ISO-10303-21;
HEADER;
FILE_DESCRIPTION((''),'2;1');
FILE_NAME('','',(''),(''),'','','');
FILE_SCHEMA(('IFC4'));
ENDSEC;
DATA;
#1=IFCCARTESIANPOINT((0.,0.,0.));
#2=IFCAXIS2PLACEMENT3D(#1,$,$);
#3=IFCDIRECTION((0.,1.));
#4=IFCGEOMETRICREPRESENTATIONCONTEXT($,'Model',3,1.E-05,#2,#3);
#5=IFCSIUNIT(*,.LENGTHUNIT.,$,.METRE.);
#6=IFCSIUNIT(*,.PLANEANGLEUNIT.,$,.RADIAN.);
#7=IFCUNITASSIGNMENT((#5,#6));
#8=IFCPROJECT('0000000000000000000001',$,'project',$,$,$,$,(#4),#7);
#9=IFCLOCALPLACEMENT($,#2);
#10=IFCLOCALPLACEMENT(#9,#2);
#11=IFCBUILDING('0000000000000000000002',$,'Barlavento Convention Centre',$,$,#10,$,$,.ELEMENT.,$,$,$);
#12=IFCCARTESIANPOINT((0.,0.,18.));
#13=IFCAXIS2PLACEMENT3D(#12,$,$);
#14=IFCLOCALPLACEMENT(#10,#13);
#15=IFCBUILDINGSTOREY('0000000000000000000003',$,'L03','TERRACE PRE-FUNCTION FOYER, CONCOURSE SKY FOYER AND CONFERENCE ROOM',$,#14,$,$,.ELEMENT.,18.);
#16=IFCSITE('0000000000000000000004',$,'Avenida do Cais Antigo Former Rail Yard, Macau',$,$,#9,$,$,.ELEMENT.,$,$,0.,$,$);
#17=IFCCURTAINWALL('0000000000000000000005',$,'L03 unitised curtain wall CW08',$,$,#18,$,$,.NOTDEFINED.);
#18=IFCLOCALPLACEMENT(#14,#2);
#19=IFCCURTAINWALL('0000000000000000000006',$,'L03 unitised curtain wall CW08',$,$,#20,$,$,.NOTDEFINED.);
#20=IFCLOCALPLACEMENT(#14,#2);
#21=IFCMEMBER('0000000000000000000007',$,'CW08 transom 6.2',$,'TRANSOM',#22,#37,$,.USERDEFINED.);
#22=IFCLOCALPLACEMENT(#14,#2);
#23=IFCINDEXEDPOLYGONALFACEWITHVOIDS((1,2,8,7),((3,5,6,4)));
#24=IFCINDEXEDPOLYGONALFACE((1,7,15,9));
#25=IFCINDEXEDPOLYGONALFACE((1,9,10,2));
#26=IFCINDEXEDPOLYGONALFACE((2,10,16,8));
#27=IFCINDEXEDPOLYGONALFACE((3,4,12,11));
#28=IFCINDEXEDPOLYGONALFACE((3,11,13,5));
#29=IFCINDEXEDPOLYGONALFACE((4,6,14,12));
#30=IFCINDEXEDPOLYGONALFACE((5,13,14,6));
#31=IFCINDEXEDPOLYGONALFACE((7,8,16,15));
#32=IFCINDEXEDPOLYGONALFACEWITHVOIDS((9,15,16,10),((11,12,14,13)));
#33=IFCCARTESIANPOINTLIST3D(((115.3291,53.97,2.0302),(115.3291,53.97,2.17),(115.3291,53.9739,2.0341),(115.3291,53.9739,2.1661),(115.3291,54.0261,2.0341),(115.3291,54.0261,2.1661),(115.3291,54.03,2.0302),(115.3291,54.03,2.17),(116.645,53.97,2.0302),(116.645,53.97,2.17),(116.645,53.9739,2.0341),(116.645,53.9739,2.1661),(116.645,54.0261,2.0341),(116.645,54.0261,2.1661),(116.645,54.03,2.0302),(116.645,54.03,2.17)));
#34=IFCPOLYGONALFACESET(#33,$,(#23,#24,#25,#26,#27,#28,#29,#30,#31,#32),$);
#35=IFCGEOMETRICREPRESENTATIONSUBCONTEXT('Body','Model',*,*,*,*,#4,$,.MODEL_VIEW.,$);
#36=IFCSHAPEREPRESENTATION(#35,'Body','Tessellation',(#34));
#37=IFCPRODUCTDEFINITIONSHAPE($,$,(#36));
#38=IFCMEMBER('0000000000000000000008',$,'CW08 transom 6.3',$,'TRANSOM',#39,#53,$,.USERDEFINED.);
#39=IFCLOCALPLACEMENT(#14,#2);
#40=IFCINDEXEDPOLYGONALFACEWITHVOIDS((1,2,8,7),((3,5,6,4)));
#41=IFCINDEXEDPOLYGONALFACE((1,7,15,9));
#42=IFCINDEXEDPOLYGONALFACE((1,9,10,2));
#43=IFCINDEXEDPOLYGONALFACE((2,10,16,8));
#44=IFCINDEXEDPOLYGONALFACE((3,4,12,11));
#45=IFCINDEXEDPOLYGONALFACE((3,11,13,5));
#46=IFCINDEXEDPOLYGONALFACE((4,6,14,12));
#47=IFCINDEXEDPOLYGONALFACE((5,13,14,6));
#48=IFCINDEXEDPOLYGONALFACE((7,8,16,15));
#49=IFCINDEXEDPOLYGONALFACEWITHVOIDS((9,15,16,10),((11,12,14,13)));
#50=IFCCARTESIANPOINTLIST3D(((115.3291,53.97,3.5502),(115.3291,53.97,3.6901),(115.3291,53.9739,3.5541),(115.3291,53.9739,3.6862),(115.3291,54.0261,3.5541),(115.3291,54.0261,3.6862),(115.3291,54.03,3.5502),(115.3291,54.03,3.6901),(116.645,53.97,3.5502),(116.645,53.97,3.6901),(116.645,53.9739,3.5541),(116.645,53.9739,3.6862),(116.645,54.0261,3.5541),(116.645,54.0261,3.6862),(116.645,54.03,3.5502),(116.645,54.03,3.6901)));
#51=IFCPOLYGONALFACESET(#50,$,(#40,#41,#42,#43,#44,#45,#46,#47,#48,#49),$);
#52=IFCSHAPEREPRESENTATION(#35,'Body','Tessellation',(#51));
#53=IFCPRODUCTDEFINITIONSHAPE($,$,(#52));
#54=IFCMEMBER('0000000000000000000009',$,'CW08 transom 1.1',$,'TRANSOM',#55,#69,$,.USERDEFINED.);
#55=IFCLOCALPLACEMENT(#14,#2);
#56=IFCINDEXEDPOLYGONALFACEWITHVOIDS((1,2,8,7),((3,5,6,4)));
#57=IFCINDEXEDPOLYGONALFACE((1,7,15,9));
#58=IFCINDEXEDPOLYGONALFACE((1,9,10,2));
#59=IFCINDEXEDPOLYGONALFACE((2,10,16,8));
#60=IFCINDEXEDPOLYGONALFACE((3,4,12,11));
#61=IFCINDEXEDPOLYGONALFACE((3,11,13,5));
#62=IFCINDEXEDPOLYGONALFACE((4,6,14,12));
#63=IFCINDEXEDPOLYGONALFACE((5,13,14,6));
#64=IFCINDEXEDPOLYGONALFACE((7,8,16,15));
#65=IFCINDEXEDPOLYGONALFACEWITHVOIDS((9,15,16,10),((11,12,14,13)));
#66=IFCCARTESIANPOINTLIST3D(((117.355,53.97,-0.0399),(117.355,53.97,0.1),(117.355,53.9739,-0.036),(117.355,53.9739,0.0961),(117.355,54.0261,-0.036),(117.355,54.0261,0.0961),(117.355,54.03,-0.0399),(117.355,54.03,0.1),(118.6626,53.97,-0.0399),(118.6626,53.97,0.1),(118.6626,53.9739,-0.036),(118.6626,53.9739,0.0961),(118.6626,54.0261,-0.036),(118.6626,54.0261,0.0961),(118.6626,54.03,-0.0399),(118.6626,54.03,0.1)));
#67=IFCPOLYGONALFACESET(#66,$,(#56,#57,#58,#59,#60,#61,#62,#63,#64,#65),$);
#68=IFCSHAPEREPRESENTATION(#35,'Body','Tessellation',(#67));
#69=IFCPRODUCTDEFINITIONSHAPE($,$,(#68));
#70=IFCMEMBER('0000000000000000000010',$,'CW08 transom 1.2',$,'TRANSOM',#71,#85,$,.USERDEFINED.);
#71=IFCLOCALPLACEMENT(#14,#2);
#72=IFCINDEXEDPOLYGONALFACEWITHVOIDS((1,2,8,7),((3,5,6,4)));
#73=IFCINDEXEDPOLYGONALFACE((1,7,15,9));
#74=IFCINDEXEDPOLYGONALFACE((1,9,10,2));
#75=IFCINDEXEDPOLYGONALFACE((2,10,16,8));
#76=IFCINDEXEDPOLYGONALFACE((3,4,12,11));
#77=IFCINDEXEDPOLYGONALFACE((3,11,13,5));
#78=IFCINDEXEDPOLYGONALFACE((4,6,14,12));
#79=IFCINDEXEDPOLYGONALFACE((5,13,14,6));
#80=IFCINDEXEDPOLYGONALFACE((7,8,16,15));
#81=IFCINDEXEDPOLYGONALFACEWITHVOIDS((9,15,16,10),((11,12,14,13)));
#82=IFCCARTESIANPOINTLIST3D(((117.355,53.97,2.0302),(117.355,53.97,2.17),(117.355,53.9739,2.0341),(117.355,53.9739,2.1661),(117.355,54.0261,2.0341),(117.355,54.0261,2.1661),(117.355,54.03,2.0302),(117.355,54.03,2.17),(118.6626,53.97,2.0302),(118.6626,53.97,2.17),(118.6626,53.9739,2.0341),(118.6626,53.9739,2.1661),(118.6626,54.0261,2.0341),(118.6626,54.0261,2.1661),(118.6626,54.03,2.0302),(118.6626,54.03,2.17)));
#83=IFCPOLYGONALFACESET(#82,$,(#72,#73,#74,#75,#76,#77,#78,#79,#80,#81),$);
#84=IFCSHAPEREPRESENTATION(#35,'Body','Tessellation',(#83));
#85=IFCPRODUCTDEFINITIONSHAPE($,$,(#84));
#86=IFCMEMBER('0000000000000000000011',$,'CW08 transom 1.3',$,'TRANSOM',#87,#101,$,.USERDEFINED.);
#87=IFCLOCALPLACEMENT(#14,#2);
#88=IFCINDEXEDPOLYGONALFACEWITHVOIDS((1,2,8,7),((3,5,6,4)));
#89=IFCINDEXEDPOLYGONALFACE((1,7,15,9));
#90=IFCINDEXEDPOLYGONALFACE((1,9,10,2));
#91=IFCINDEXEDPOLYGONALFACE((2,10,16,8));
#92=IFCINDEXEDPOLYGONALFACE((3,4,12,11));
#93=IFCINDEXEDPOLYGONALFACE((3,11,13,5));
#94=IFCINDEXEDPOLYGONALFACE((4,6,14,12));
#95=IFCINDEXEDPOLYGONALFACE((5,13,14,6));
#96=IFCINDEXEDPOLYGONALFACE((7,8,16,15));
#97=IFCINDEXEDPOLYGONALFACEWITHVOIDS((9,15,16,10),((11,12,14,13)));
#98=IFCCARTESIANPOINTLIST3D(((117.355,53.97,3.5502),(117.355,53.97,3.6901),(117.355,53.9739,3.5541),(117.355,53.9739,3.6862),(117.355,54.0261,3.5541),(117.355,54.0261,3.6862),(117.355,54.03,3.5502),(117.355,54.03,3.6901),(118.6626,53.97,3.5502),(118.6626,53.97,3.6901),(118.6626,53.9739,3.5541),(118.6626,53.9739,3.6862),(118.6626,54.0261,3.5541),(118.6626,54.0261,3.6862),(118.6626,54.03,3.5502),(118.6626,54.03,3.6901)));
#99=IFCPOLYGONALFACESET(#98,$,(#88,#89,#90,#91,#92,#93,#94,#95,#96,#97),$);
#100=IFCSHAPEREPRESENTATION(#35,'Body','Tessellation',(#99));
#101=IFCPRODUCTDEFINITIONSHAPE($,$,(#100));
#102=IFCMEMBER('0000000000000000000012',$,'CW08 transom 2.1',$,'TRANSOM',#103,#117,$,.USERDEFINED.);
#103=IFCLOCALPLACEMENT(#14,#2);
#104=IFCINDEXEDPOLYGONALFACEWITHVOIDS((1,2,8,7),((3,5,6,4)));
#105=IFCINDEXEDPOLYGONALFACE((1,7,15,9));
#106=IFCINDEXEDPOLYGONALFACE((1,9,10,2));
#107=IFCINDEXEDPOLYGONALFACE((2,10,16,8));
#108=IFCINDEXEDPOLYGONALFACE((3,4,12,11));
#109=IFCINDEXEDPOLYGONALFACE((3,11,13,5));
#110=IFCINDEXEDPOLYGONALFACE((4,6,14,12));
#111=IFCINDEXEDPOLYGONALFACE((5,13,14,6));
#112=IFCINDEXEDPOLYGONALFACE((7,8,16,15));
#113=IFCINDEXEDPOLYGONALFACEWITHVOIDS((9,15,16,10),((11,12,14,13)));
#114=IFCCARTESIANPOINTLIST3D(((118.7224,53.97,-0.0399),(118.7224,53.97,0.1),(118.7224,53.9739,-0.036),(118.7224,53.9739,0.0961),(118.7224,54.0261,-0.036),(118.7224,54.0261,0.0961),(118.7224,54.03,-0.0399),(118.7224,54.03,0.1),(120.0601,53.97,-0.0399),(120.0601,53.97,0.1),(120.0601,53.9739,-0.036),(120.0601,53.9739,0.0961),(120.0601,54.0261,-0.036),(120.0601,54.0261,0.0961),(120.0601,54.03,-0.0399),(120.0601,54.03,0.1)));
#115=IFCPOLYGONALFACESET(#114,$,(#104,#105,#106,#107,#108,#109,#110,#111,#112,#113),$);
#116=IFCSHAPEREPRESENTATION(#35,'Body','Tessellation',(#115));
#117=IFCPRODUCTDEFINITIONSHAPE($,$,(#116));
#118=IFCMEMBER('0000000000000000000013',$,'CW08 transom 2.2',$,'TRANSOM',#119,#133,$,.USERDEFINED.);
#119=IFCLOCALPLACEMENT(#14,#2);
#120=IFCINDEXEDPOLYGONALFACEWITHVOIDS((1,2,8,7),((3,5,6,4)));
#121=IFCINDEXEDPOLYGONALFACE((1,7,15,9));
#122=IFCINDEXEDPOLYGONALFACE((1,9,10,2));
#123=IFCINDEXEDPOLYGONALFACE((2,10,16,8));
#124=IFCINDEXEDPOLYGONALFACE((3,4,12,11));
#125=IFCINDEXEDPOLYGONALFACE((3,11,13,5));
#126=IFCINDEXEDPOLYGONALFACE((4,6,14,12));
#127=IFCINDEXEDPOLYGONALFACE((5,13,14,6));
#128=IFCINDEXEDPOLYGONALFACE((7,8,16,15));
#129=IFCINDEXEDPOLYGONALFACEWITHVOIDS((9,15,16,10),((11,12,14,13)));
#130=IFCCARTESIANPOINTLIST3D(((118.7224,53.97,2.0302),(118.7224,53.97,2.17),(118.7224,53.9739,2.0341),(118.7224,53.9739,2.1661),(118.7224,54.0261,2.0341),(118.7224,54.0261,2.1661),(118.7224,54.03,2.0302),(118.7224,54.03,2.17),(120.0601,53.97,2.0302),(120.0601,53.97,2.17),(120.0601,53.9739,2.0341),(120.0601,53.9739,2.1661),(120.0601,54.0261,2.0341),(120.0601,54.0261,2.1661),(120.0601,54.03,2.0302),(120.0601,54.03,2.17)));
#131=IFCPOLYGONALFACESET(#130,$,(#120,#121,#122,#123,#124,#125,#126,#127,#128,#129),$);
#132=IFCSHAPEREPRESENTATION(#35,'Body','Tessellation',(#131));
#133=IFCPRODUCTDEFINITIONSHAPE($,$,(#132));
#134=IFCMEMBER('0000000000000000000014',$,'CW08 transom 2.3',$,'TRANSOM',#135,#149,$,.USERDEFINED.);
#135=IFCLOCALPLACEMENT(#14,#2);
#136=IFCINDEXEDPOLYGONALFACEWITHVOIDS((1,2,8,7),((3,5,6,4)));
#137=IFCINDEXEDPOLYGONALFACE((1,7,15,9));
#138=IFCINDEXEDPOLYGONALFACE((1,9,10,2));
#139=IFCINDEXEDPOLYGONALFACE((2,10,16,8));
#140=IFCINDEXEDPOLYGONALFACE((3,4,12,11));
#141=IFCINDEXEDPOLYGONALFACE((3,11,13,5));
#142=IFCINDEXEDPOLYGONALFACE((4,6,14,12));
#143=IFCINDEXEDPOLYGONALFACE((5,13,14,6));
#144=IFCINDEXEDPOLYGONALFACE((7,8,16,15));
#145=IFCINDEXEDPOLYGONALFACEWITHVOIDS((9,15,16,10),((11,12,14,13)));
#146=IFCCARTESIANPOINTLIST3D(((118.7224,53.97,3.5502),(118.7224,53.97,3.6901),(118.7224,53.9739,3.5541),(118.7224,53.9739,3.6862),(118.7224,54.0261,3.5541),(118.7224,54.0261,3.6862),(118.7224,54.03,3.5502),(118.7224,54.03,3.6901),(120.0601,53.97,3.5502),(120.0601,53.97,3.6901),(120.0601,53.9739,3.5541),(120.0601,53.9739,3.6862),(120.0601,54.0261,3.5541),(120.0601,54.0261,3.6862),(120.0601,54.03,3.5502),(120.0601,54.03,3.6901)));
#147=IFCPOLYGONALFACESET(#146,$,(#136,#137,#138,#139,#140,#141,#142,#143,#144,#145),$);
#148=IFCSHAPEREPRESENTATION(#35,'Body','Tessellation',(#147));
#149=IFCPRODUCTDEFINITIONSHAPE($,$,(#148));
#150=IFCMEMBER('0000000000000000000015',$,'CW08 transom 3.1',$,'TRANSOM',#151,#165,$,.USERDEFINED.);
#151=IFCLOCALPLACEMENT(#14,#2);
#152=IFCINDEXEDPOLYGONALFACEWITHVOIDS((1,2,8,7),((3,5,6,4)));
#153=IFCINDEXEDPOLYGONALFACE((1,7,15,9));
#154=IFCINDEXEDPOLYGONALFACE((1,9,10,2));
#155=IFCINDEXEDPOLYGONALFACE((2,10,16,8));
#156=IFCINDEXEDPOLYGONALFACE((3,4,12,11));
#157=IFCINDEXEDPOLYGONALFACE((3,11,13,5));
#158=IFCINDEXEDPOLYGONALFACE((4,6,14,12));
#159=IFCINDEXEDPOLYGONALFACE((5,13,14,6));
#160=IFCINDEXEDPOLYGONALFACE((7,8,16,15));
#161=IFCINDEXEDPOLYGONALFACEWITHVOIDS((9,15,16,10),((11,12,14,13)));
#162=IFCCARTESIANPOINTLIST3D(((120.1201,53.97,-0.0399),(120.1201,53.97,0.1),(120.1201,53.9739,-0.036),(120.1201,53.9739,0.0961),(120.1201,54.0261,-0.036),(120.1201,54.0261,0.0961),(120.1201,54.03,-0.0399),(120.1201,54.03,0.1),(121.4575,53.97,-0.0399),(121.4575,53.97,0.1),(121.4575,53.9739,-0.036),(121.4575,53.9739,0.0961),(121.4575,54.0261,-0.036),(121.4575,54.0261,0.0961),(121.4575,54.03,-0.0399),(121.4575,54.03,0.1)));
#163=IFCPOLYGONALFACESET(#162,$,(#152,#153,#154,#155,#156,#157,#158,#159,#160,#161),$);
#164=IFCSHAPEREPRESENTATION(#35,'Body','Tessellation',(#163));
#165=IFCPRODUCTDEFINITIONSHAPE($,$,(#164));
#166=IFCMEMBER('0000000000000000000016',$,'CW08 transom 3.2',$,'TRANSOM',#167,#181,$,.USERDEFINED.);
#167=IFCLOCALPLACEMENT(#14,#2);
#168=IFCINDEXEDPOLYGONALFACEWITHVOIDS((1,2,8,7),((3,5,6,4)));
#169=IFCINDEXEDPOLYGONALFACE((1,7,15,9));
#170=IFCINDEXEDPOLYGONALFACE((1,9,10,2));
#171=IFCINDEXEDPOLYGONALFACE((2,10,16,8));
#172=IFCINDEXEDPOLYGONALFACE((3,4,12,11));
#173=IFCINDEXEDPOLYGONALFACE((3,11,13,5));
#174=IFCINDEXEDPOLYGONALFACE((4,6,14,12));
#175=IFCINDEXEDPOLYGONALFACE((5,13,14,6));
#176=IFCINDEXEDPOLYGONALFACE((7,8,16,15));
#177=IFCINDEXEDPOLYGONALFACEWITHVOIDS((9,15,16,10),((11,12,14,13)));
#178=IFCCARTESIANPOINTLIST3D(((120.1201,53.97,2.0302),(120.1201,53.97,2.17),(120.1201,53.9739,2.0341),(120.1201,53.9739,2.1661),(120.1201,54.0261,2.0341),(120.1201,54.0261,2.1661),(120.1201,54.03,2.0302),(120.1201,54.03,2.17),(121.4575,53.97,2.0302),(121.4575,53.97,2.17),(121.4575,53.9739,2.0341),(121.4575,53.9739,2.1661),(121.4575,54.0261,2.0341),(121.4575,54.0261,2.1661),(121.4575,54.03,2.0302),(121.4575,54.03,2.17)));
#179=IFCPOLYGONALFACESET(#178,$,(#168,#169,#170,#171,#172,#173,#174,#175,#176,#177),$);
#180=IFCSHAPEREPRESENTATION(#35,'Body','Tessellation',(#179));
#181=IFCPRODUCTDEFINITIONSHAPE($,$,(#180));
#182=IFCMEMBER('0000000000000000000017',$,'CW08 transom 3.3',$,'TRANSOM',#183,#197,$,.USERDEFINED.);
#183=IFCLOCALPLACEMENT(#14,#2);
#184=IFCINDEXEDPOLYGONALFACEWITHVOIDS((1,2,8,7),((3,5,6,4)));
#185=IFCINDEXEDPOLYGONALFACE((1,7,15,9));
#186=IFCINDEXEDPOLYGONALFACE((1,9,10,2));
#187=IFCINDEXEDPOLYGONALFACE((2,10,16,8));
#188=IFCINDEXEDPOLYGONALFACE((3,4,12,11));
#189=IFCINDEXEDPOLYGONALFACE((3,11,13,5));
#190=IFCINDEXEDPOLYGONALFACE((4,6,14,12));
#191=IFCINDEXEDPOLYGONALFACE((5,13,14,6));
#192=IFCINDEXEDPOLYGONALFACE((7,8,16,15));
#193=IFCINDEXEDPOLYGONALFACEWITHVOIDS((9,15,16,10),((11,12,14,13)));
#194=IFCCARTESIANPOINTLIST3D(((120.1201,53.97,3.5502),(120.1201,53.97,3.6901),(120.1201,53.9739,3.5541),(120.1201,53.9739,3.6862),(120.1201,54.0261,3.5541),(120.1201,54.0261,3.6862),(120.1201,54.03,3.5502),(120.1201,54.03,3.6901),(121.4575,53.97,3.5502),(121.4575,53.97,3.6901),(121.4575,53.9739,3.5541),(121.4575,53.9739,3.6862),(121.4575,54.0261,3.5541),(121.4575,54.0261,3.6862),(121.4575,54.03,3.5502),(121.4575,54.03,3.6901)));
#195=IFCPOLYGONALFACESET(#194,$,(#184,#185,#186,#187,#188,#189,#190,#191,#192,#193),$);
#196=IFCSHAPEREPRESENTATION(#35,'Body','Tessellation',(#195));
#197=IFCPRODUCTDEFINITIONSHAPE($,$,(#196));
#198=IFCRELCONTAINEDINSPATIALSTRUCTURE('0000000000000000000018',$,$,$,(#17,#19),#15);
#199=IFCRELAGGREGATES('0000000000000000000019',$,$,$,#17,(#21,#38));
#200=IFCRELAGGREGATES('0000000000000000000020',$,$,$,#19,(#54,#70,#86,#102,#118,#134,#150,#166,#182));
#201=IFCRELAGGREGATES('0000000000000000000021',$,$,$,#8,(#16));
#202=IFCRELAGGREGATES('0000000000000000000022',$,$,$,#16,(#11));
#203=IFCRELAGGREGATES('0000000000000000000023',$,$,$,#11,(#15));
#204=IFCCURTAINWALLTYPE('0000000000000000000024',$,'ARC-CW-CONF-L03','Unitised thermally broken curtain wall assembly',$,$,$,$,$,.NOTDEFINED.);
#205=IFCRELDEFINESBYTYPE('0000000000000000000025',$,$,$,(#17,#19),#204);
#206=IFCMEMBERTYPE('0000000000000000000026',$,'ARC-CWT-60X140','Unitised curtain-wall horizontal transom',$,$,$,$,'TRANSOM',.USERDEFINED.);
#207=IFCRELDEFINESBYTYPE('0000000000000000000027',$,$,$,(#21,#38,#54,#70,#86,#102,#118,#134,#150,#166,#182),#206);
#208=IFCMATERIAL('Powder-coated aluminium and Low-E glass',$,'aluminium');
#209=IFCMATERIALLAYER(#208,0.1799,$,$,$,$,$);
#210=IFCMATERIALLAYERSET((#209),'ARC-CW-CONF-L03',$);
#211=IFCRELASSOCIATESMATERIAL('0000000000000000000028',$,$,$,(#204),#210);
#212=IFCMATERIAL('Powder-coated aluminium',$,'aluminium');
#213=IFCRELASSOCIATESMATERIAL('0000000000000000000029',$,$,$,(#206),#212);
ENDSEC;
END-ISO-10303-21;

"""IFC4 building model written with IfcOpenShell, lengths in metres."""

from ifc_helpers import new_model, si_unit, direction, frame, origin, origin_2d, place, context, subcontext, project, spatial, hollow_rectangle, extrude, material, layer, layer_set, material_profile, profile_set, type_object, element, aggregate, save


model = new_model("IFC4")

# Units and contexts
model_context = context("Model", 3, precision=1e-05, world=origin(), true_north=direction((0.0, 1.0)))
body_context = subcontext(model_context, "Body", "Model", "MODEL_VIEW")
ifc_project = project(units=[si_unit("LENGTHUNIT", "METRE"), si_unit("PLANEANGLEUNIT", "RADIAN")], contexts=[model_context])

# Site, building, storey
site_placement = place(None, origin())
site = spatial("IfcSite", under=ifc_project, at=site_placement, Name="Avenida do Cais Antigo Former Rail Yard, Macau", CompositionType="ELEMENT", RefElevation=0.0)
building_placement = place(site_placement, origin())
building = spatial("IfcBuilding", under=site, at=building_placement, Name="Barlavento Convention Centre", CompositionType="ELEMENT")
storey_placement = place(building_placement, frame((0.0, 0.0, 18.0)))
storey = spatial("IfcBuildingStorey", under=building, at=storey_placement, Name="L03", Description="TERRACE PRE-FUNCTION FOYER, CONCOURSE SKY FOYER AND CONFERENCE ROOM", CompositionType="ELEMENT", Elevation=18.0)

# Curtain walls
ifc_material_1 = material(Name="Powder-coated aluminium and Low-E glass", Category="aluminium")
ifc_layer_1 = layer(ifc_material_1, 0.1799)
ifc_layer_set_1 = layer_set([ifc_layer_1], Name="ARC-CW-CONF-L03")
curtain_wall_type = type_object("IfcCurtainWallType", Name="ARC-CW-CONF-L03", Description="Unitised thermally broken curtain wall assembly", PredefinedType="NOTDEFINED", material=ifc_layer_set_1)
curtain_wall_1_placement = place(storey_placement, origin())
curtain_wall_1 = element("IfcCurtainWall", 1, at=curtain_wall_1_placement, inside=storey, type_object=curtain_wall_type, Name="L03 unitised curtain wall CW08", PredefinedType="NOTDEFINED")
ifc_material_2 = material(Name="Powder-coated aluminium", Category="aluminium")
curtain_wall_2_placement = place(storey_placement, origin())
curtain_wall_2 = element("IfcCurtainWall", 2, at=curtain_wall_2_placement, inside=storey, type_object=curtain_wall_type, Name="L03 unitised curtain wall CW08", PredefinedType="NOTDEFINED")

# Members
ifc_material_profile_1 = material_profile(ifc_material_2, hollow_rectangle(XDim=0.0601, YDim=0.1399, WallThickness=0.0039, at=origin_2d()), Name="AL-TRAN 60x140x4")
ifc_profile_set_1 = profile_set([ifc_material_profile_1], Name="Powder-coated aluminium")
member_type_1 = type_object("IfcMemberType", Name="ARC-CWT-60X140", Description="Unitised curtain-wall horizontal transom", ElementType="TRANSOM", PredefinedType="USERDEFINED", material=ifc_profile_set_1)
member_1_placement = place(storey_placement, frame((115.3291, 54.0, 2.1001), z_axis=(1.0, 0.0, 0.0), x_axis=(0.0, 1.0, 0.0)))
member_1 = element("IfcMember", 3, at=member_1_placement, type_object=member_type_1, Name="CW08 transom 6.2", ObjectType="TRANSOM", PredefinedType="USERDEFINED", context=body_context, shape_type="SweptSolid", body=[
    extrude(hollow_rectangle(XDim=0.0601, YDim=0.1399, WallThickness=0.0039, at=origin_2d()), origin(), (0.0, 0.0, 1.0), 1.3159),
])
member_2_placement = place(storey_placement, frame((115.3291, 54.0, 3.6201), z_axis=(1.0, 0.0, 0.0), x_axis=(0.0, 1.0, 0.0)))
member_2 = element("IfcMember", 4, at=member_2_placement, type_object=member_type_1, Name="CW08 transom 6.3", ObjectType="TRANSOM", PredefinedType="USERDEFINED", context=body_context, shape_type="SweptSolid", body=[
    extrude(hollow_rectangle(XDim=0.0601, YDim=0.1399, WallThickness=0.0039, at=origin_2d()), origin(), (0.0, 0.0, 1.0), 1.3159),
])
member_3_placement = place(storey_placement, frame((117.355, 54.0, 0.03), z_axis=(1.0, 0.0, 0.0), x_axis=(0.0, 1.0, 0.0)))
member_3 = element("IfcMember", 5, at=member_3_placement, type_object=member_type_1, Name="CW08 transom 1.1", ObjectType="TRANSOM", PredefinedType="USERDEFINED", context=body_context, shape_type="SweptSolid", body=[
    extrude(hollow_rectangle(XDim=0.0601, YDim=0.1399, WallThickness=0.0039, at=origin_2d()), origin(), (0.0, 0.0, 1.0), 1.3076),
])
member_4_placement = place(storey_placement, frame((117.355, 54.0, 2.1001), z_axis=(1.0, 0.0, 0.0), x_axis=(0.0, 1.0, 0.0)))
member_4 = element("IfcMember", 6, at=member_4_placement, type_object=member_type_1, Name="CW08 transom 1.2", ObjectType="TRANSOM", PredefinedType="USERDEFINED", context=body_context, shape_type="SweptSolid", body=[
    extrude(hollow_rectangle(XDim=0.0601, YDim=0.1399, WallThickness=0.0039, at=origin_2d()), origin(), (0.0, 0.0, 1.0), 1.3076),
])
member_5_placement = place(storey_placement, frame((117.355, 54.0, 3.6201), z_axis=(1.0, 0.0, 0.0), x_axis=(0.0, 1.0, 0.0)))
member_5 = element("IfcMember", 7, at=member_5_placement, type_object=member_type_1, Name="CW08 transom 1.3", ObjectType="TRANSOM", PredefinedType="USERDEFINED", context=body_context, shape_type="SweptSolid", body=[
    extrude(hollow_rectangle(XDim=0.0601, YDim=0.1399, WallThickness=0.0039, at=origin_2d()), origin(), (0.0, 0.0, 1.0), 1.3076),
])
member_6_placement = place(storey_placement, frame((118.7224, 54.0, 0.03), z_axis=(1.0, 0.0, 0.0), x_axis=(0.0, 1.0, 0.0)))
member_6 = element("IfcMember", 8, at=member_6_placement, type_object=member_type_1, Name="CW08 transom 2.1", ObjectType="TRANSOM", PredefinedType="USERDEFINED", context=body_context, shape_type="SweptSolid", body=[
    extrude(hollow_rectangle(XDim=0.0601, YDim=0.1399, WallThickness=0.0039, at=origin_2d()), origin(), (0.0, 0.0, 1.0), 1.3376),
])
member_7_placement = place(storey_placement, frame((118.7224, 54.0, 2.1001), z_axis=(1.0, 0.0, 0.0), x_axis=(0.0, 1.0, 0.0)))
member_7 = element("IfcMember", 9, at=member_7_placement, type_object=member_type_1, Name="CW08 transom 2.2", ObjectType="TRANSOM", PredefinedType="USERDEFINED", context=body_context, shape_type="SweptSolid", body=[
    extrude(hollow_rectangle(XDim=0.0601, YDim=0.1399, WallThickness=0.0039, at=origin_2d()), origin(), (0.0, 0.0, 1.0), 1.3376),
])
member_8_placement = place(storey_placement, frame((118.7224, 54.0, 3.6201), z_axis=(1.0, 0.0, 0.0), x_axis=(0.0, 1.0, 0.0)))
member_8 = element("IfcMember", 10, at=member_8_placement, type_object=member_type_1, Name="CW08 transom 2.3", ObjectType="TRANSOM", PredefinedType="USERDEFINED", context=body_context, shape_type="SweptSolid", body=[
    extrude(hollow_rectangle(XDim=0.0601, YDim=0.1399, WallThickness=0.0039, at=origin_2d()), origin(), (0.0, 0.0, 1.0), 1.3376),
])
member_9_placement = place(storey_placement, frame((120.1201, 54.0, 0.03), z_axis=(1.0, 0.0, 0.0), x_axis=(0.0, 1.0, 0.0)))
member_9 = element("IfcMember", 11, at=member_9_placement, type_object=member_type_1, Name="CW08 transom 3.1", ObjectType="TRANSOM", PredefinedType="USERDEFINED", context=body_context, shape_type="SweptSolid", body=[
    extrude(hollow_rectangle(XDim=0.0601, YDim=0.1399, WallThickness=0.0039, at=origin_2d()), origin(), (0.0, 0.0, 1.0), 1.3374),
])
member_10_placement = place(storey_placement, frame((120.1201, 54.0, 2.1001), z_axis=(1.0, 0.0, 0.0), x_axis=(0.0, 1.0, 0.0)))
member_10 = element("IfcMember", 12, at=member_10_placement, type_object=member_type_1, Name="CW08 transom 3.2", ObjectType="TRANSOM", PredefinedType="USERDEFINED", context=body_context, shape_type="SweptSolid", body=[
    extrude(hollow_rectangle(XDim=0.0601, YDim=0.1399, WallThickness=0.0039, at=origin_2d()), origin(), (0.0, 0.0, 1.0), 1.3374),
])
member_11_placement = place(storey_placement, frame((120.1201, 54.0, 3.6201), z_axis=(1.0, 0.0, 0.0), x_axis=(0.0, 1.0, 0.0)))
member_11 = element("IfcMember", 13, at=member_11_placement, type_object=member_type_1, Name="CW08 transom 3.3", ObjectType="TRANSOM", PredefinedType="USERDEFINED", context=body_context, shape_type="SweptSolid", body=[
    extrude(hollow_rectangle(XDim=0.0601, YDim=0.1399, WallThickness=0.0039, at=origin_2d()), origin(), (0.0, 0.0, 1.0), 1.3374),
])

aggregate(curtain_wall_1, [member_1, member_2])
aggregate(curtain_wall_2, [member_3, member_4, member_5, member_6, member_7, member_8, member_9, member_10, member_11])

save(model, "model.ifc")
